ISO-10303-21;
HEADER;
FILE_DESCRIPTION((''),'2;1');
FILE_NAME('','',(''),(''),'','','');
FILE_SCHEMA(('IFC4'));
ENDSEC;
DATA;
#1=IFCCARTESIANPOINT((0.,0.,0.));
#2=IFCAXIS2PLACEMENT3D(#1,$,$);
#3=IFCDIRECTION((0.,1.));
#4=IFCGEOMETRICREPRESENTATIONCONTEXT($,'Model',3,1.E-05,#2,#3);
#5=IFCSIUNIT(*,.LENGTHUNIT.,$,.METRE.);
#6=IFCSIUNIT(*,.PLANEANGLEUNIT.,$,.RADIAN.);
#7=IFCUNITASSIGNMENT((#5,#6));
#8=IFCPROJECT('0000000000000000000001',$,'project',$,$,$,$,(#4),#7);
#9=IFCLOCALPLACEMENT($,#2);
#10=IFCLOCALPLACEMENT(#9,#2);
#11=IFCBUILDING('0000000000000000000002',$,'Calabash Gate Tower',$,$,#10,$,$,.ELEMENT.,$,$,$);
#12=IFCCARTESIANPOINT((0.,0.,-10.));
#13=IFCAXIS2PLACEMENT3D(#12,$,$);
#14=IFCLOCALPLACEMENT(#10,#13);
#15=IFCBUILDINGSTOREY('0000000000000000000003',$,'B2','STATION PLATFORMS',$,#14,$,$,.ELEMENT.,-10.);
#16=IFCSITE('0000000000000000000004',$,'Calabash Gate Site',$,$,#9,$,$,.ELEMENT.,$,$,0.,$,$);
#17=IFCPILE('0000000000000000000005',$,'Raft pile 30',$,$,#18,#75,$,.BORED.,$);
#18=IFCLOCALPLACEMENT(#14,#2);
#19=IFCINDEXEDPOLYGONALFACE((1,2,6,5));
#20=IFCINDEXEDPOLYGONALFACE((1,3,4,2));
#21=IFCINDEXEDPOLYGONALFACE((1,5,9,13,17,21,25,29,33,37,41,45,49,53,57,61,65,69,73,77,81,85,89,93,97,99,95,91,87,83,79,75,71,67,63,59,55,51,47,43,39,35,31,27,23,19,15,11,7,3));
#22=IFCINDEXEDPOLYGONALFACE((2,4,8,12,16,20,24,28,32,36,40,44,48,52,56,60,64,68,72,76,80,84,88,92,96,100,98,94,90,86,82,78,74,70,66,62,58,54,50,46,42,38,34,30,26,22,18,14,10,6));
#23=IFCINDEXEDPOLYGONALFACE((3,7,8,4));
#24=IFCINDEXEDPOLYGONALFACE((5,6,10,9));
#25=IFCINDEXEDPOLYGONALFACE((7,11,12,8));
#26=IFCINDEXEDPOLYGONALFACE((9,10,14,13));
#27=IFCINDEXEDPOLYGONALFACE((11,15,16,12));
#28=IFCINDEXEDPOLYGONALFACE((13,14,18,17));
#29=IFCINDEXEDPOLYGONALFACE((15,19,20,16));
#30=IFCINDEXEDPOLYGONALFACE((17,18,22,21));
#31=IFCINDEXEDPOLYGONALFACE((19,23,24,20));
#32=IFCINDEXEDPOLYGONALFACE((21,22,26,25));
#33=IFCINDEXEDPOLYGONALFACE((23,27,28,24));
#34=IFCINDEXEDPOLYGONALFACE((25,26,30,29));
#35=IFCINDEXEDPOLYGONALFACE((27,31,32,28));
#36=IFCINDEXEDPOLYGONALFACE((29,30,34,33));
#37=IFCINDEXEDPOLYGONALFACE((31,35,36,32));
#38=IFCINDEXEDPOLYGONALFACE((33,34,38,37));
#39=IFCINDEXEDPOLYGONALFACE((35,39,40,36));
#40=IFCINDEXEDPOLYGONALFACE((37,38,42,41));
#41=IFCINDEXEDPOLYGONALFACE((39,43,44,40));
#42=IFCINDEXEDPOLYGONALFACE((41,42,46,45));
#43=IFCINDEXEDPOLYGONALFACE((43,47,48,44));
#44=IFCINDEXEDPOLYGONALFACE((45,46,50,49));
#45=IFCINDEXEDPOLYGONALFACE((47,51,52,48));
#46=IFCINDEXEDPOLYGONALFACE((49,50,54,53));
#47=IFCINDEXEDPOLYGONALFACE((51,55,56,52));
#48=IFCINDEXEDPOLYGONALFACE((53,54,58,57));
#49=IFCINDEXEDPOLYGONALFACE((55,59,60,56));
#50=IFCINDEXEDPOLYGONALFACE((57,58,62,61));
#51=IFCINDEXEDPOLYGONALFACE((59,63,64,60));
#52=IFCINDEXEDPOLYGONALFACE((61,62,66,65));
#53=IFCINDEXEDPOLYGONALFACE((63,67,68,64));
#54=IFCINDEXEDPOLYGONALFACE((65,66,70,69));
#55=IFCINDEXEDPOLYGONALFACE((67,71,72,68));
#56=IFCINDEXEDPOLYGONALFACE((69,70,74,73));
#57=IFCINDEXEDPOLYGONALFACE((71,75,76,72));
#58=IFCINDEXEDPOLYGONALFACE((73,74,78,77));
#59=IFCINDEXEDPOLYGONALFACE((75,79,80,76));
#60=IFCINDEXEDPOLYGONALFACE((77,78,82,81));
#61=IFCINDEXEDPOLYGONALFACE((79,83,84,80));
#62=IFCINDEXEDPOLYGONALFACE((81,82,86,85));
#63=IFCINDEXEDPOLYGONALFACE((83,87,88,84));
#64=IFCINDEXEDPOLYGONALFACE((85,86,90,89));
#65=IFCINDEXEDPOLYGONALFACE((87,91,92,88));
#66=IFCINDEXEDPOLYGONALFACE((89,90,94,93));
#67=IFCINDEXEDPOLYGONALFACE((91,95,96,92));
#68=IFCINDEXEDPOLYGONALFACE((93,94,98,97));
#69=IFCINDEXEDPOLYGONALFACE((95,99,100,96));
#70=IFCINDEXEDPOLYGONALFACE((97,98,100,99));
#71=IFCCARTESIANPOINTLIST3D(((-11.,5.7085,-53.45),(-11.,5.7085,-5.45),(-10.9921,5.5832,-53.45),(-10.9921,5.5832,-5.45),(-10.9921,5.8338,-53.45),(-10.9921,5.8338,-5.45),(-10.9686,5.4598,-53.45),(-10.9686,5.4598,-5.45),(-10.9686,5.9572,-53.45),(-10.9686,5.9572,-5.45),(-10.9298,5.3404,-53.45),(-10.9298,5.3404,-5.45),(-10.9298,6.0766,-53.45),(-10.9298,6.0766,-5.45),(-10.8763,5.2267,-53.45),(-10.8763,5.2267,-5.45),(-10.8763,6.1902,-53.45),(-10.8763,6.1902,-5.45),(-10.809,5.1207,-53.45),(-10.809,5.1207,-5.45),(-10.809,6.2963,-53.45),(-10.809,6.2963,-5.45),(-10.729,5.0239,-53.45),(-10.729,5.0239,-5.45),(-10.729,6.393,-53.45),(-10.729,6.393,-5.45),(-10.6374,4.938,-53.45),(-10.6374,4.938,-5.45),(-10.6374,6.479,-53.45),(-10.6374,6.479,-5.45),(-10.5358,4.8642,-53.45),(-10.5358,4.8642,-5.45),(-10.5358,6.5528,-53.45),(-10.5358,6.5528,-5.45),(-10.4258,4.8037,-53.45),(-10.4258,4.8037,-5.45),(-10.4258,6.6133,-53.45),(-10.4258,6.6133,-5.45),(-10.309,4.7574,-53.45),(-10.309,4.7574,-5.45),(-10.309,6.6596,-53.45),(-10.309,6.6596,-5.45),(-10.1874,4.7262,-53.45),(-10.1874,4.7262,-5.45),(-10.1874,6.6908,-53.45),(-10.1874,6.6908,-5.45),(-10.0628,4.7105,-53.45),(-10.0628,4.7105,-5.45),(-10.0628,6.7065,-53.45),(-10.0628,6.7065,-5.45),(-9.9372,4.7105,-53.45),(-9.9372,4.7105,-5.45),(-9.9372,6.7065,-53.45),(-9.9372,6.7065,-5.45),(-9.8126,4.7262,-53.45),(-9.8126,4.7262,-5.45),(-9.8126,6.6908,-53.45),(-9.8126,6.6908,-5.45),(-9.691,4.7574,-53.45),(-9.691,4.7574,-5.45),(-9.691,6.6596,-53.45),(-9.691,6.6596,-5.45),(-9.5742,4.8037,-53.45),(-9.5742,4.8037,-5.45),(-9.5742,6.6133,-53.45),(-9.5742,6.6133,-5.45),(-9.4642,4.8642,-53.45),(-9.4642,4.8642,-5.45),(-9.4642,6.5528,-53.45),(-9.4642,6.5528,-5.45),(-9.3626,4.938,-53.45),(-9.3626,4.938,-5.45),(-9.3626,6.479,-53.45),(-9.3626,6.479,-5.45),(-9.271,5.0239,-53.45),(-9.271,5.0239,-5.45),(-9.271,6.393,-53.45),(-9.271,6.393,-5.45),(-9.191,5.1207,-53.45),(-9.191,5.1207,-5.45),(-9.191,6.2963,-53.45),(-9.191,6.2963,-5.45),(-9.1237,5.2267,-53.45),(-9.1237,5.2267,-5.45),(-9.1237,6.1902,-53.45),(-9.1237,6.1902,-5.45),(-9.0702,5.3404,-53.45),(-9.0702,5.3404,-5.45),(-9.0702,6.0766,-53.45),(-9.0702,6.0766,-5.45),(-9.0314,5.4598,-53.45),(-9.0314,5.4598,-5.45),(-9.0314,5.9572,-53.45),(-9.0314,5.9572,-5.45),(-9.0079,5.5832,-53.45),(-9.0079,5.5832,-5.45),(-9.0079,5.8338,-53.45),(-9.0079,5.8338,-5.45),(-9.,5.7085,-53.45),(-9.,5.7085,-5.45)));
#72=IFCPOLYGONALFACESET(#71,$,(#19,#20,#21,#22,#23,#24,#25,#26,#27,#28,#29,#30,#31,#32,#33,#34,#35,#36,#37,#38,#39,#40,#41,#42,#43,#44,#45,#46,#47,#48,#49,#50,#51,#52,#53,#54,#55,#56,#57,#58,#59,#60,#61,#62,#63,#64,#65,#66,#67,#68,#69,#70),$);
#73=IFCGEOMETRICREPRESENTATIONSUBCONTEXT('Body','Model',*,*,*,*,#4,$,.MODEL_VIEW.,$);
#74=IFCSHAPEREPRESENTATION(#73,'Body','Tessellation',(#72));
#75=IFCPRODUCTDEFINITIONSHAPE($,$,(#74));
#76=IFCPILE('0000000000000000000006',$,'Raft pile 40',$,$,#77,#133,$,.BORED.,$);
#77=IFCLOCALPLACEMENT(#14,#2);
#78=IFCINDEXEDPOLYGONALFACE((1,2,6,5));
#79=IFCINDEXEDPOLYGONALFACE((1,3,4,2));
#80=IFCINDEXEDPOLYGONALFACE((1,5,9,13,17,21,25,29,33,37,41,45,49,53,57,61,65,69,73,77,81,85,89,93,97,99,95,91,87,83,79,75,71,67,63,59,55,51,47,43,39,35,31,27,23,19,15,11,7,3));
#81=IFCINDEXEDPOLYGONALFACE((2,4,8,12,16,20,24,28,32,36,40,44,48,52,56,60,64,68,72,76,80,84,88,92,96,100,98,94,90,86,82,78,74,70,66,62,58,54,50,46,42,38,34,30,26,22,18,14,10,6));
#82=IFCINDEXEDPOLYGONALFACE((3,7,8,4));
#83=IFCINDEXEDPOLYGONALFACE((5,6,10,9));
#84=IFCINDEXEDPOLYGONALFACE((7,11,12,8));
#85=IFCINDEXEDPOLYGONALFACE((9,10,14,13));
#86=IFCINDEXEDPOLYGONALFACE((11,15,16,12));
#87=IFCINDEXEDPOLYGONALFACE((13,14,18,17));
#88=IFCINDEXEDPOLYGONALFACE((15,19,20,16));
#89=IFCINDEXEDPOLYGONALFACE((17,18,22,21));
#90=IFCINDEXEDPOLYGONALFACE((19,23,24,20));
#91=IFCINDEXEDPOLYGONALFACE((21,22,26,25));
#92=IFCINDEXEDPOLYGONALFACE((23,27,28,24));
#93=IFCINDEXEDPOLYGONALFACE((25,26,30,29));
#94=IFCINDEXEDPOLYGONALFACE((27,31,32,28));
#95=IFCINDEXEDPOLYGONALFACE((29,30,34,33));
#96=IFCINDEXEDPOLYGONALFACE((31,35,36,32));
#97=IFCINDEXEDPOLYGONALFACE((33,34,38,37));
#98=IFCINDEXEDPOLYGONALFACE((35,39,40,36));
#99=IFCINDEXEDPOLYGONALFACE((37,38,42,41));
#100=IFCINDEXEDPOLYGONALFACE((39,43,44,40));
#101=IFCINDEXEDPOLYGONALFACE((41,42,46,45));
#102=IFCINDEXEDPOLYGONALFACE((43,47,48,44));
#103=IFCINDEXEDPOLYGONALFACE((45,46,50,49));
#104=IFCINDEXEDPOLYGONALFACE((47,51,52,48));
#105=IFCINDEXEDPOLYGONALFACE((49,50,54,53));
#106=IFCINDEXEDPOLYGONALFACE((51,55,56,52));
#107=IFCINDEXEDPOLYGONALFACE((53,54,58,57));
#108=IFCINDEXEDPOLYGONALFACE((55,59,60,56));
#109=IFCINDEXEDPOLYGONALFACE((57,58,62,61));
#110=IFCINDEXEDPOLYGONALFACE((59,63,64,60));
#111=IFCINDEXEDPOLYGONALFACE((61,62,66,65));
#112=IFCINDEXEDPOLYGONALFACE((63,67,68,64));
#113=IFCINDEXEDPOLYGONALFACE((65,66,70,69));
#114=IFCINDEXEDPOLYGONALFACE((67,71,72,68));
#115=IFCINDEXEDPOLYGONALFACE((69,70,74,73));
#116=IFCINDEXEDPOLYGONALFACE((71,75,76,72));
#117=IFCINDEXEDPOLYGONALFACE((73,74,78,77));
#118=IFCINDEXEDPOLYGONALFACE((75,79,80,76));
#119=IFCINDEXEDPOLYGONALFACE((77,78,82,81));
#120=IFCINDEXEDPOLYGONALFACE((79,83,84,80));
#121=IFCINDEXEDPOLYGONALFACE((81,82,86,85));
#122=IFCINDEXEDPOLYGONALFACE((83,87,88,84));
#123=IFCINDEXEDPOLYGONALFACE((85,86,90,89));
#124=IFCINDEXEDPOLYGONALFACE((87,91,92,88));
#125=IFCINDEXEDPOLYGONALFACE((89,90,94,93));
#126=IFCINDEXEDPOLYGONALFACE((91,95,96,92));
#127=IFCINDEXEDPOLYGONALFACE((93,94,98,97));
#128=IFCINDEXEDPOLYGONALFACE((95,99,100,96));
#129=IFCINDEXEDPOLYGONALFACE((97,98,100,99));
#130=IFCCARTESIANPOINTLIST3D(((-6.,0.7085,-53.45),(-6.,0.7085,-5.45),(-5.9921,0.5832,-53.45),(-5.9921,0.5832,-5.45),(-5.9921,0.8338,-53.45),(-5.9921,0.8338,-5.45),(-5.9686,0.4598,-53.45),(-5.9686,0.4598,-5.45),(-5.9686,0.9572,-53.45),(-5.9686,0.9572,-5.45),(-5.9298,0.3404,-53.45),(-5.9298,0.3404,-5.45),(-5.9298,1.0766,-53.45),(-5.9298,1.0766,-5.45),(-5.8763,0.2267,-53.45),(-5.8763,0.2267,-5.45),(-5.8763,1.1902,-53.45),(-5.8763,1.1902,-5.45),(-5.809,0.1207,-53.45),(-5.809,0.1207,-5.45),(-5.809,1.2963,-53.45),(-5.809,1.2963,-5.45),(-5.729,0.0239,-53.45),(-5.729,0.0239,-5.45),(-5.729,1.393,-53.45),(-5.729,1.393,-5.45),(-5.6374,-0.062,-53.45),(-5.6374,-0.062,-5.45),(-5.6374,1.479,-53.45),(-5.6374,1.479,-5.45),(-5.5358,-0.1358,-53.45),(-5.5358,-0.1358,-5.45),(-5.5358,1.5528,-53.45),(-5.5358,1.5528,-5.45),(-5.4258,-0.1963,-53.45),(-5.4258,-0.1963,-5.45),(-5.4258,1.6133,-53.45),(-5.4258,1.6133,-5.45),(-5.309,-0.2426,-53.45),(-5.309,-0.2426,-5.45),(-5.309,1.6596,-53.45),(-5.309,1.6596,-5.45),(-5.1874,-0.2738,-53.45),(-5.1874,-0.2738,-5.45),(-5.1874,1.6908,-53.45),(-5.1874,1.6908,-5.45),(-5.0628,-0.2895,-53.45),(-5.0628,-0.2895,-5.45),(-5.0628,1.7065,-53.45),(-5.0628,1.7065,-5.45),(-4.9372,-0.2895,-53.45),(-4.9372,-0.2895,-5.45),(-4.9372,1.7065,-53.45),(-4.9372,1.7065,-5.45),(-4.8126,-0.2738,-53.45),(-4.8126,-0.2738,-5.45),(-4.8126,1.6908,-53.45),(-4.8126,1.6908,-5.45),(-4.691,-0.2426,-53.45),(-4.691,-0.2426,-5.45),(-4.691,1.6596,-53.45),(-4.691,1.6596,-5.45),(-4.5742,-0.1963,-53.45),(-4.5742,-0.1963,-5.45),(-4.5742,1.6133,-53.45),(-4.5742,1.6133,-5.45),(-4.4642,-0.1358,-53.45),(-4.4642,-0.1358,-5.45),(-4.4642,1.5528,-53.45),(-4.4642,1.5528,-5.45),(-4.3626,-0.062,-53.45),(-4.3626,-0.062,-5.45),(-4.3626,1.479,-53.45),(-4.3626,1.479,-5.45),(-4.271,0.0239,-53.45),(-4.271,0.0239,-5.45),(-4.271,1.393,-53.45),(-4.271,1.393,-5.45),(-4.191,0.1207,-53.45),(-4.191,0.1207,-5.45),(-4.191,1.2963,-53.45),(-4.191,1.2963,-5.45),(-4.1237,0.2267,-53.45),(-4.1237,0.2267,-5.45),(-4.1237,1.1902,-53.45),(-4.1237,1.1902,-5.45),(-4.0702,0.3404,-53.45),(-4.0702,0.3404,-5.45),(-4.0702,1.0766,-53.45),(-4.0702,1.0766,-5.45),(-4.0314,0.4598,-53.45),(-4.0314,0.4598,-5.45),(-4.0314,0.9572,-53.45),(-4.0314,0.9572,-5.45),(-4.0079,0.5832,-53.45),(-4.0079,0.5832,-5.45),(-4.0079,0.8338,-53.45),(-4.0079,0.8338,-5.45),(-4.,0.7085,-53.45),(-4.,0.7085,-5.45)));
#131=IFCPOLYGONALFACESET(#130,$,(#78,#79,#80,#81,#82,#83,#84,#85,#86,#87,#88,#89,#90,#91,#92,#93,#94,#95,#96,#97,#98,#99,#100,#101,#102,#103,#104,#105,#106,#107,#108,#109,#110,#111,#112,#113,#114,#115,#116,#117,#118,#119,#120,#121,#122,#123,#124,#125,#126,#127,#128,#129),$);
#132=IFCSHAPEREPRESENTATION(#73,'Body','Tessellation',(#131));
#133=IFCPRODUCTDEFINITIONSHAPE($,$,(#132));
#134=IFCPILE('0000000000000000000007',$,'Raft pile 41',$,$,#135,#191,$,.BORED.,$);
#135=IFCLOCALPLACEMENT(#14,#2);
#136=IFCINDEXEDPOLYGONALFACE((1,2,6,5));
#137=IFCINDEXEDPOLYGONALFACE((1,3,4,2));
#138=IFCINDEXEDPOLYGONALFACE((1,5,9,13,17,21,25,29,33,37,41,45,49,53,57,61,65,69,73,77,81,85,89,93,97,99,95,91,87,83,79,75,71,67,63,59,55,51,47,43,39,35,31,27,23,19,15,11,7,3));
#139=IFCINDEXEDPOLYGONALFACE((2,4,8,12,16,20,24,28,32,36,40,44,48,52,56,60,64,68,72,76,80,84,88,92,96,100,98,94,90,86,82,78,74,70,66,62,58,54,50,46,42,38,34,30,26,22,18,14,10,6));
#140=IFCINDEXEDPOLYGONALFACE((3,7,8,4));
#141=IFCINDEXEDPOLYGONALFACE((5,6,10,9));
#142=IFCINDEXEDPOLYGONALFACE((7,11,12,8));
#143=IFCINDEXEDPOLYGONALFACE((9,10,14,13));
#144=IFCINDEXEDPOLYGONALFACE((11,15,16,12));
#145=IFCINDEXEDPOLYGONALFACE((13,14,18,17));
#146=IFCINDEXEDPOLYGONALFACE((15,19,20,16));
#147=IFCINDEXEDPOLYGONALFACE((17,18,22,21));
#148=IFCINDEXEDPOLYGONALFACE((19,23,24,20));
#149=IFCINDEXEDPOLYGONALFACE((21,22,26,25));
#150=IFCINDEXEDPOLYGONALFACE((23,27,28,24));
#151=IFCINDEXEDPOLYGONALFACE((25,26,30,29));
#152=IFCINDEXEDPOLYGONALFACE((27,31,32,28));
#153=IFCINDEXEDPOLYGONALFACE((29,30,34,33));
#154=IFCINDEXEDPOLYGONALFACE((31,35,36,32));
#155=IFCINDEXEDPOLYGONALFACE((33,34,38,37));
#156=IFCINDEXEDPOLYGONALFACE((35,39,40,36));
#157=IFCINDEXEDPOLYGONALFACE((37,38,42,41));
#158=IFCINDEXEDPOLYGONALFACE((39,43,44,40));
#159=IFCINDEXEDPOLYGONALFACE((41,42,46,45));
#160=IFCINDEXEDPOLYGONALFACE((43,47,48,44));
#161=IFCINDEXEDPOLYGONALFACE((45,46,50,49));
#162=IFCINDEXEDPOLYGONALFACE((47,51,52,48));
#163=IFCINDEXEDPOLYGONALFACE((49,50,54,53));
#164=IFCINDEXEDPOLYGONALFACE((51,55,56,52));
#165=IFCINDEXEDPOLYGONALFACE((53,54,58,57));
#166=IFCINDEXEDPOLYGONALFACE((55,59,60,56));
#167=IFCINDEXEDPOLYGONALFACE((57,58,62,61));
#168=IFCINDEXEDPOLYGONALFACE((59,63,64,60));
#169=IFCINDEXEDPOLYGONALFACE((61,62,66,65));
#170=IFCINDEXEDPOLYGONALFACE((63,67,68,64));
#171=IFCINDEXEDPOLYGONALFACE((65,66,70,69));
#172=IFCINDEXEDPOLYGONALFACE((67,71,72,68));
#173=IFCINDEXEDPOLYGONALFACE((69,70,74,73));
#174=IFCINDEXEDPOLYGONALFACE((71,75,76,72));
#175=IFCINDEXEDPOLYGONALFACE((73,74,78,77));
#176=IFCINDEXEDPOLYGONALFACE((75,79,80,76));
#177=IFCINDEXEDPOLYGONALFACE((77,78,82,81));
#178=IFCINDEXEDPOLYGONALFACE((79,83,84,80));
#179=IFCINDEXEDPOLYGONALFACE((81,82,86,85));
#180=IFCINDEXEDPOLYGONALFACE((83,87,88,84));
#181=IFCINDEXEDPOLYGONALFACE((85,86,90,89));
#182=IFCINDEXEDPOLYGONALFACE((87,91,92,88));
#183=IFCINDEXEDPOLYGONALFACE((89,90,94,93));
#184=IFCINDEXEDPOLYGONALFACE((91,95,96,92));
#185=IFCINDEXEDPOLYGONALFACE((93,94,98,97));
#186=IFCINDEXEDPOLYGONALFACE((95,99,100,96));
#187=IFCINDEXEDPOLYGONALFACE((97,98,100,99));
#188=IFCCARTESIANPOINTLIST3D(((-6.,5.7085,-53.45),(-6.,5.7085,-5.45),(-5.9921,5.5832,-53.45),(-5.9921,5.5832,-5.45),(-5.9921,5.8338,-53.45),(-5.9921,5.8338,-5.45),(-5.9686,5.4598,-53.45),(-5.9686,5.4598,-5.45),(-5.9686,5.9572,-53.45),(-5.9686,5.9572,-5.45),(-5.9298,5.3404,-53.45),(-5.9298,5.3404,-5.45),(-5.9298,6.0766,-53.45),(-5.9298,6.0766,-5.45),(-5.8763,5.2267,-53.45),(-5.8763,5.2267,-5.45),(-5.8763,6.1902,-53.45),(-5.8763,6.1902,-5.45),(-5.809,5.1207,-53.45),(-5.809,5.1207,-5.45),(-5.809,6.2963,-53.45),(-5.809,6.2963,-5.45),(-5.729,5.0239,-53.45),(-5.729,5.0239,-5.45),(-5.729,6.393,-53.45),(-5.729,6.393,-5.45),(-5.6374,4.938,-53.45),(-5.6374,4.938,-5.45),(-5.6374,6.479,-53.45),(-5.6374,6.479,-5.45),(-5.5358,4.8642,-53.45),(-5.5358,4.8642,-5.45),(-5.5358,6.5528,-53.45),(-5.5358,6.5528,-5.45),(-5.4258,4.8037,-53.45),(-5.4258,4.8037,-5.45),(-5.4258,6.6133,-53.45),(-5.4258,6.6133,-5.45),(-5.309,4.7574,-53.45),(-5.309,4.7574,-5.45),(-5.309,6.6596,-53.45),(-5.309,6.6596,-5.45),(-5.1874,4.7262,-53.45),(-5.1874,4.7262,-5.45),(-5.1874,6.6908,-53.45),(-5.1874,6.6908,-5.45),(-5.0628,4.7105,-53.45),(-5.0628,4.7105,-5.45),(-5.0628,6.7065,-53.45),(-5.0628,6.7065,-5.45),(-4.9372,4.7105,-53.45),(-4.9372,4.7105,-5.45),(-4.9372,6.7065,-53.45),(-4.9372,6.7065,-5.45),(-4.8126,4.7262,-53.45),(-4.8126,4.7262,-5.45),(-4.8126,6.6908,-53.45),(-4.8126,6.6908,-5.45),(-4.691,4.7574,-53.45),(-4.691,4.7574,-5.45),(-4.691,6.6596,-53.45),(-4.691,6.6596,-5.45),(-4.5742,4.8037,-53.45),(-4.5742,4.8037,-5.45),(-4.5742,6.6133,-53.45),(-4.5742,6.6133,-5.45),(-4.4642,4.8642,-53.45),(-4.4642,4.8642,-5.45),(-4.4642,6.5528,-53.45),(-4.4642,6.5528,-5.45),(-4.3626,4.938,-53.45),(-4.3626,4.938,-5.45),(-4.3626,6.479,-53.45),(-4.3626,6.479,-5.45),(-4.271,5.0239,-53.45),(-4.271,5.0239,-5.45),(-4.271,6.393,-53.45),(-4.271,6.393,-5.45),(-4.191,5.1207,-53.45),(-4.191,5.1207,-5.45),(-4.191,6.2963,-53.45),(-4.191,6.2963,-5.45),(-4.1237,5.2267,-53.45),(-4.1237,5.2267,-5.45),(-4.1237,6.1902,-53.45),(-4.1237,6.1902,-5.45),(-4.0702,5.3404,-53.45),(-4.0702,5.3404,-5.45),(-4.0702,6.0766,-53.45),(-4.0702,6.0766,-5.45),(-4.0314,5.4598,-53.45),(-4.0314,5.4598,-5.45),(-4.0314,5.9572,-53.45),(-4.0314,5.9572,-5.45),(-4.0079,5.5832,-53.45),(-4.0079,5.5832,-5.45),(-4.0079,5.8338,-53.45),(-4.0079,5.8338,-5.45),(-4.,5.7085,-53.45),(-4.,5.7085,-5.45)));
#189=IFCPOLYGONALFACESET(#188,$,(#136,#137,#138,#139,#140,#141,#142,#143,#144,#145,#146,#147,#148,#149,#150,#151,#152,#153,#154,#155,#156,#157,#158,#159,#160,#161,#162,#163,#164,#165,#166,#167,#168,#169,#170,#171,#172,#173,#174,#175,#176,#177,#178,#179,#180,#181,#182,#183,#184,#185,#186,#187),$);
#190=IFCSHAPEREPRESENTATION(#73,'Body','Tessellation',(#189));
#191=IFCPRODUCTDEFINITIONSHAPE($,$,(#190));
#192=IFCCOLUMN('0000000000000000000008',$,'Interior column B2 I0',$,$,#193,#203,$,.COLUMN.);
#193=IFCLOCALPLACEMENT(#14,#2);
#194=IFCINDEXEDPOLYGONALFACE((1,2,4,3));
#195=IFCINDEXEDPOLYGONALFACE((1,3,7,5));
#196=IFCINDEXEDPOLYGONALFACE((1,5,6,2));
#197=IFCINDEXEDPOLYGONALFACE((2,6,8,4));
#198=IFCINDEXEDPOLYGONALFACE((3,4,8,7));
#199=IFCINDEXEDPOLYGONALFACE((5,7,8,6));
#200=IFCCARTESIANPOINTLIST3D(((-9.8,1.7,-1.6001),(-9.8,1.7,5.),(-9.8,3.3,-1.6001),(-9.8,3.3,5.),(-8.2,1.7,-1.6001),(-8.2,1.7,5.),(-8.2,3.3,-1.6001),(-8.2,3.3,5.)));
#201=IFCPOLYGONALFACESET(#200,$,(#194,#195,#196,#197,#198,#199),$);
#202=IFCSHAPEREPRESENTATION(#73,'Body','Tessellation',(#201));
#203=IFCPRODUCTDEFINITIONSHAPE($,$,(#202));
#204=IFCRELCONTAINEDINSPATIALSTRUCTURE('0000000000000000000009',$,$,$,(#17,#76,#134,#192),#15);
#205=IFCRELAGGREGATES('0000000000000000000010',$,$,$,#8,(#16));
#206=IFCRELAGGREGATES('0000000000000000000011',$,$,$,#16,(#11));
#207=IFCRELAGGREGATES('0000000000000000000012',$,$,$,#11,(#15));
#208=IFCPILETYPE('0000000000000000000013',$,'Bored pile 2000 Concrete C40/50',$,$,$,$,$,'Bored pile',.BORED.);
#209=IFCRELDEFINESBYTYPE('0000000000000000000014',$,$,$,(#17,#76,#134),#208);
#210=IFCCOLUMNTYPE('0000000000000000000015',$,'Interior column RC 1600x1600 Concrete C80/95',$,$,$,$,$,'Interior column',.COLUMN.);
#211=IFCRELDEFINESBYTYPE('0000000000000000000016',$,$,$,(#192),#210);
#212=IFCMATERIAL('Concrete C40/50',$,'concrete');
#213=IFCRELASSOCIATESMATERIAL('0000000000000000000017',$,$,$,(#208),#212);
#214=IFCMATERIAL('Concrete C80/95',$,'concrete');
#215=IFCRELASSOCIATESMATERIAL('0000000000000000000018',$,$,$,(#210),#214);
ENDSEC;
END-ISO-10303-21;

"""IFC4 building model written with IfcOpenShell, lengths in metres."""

from ifc_helpers import new_model, si_unit, direction, frame, origin, origin_2d, place, context, subcontext, project, spatial, rectangle, circle, extrude, material, material_profile, profile_set, type_object, element, save


model = new_model("IFC4")

# Units and contexts
model_context = context("Model", 3, precision=1e-05, world=origin(), true_north=direction((0.0, 1.0)))
body_context = subcontext(model_context, "Body", "Model", "MODEL_VIEW")
ifc_project = project(units=[si_unit("LENGTHUNIT", "METRE"), si_unit("PLANEANGLEUNIT", "RADIAN")], contexts=[model_context])

# Site, building, storey
site_placement = place(None, origin())
site = spatial("IfcSite", under=ifc_project, at=site_placement, Name="Calabash Gate Site", CompositionType="ELEMENT", RefElevation=0.0)
building_placement = place(site_placement, origin())
building = spatial("IfcBuilding", under=site, at=building_placement, Name="Calabash Gate Tower", CompositionType="ELEMENT")
storey_placement = place(building_placement, frame((0.0, 0.0, -10.0)))
storey = spatial("IfcBuildingStorey", under=building, at=storey_placement, Name="B2", Description="STATION PLATFORMS", CompositionType="ELEMENT", Elevation=-10.0)

# Piles
ifc_material_1 = material(Name="Concrete C40/50", Category="concrete")
ifc_material_profile_1 = material_profile(ifc_material_1, circle(Radius=1.0, at=origin_2d()))
ifc_profile_set_1 = profile_set([ifc_material_profile_1], Name="Concrete C40/50")
pile_type = type_object("IfcPileType", Name="Bored pile 2000 Concrete C40/50", ElementType="Bored pile", PredefinedType="BORED", material=ifc_profile_set_1)
for number, where, z_axis, x_axis, name in (
    (1, (-10.0, 5.7085, -5.45), (0.0, 0.0, -1.0), (1.0, 0.0, 0.0), "Raft pile 30"),
    (2, (-5.0, 0.7085, -5.45), (0.0, 0.0, -1.0), (1.0, 0.0, 0.0), "Raft pile 40"),
    (3, (-5.0, 5.7085, -5.45), (0.0, 0.0, -1.0), (1.0, 0.0, 0.0), "Raft pile 41"),
):
    element("IfcPile", number, at=place(storey_placement, frame(where, z_axis=z_axis, x_axis=x_axis)), inside=storey, type_object=pile_type, Name=name, PredefinedType="BORED", context=body_context, shape_type="SweptSolid", body=[
        extrude(circle(Radius=1.0, at=origin_2d()), origin(), (0.0, 0.0, 1.0), 48.0),
    ])

# Column
ifc_material_2 = material(Name="Concrete C80/95", Category="concrete")
ifc_material_profile_2 = material_profile(ifc_material_2, rectangle(XDim=1.6001, YDim=1.6001, at=origin_2d()))
ifc_profile_set_2 = profile_set([ifc_material_profile_2], Name="Concrete C80/95")
column_type = type_object("IfcColumnType", Name="Interior column RC 1600x1600 Concrete C80/95", ElementType="Interior column", PredefinedType="COLUMN", material=ifc_profile_set_2)
column_placement = place(storey_placement, frame((-9.0, 2.5, -1.6001), z_axis=(0.0, 0.0, 1.0), x_axis=(1.0, 0.0, 0.0)))
element("IfcColumn", 4, at=column_placement, inside=storey, type_object=column_type, Name="Interior column B2 I0", PredefinedType="COLUMN", context=body_context, shape_type="SweptSolid", body=[
    extrude(rectangle(XDim=1.6001, YDim=1.6001, at=origin_2d()), origin(), (0.0, 0.0, 1.0), 6.6001),
])

save(model, "model.ifc")
